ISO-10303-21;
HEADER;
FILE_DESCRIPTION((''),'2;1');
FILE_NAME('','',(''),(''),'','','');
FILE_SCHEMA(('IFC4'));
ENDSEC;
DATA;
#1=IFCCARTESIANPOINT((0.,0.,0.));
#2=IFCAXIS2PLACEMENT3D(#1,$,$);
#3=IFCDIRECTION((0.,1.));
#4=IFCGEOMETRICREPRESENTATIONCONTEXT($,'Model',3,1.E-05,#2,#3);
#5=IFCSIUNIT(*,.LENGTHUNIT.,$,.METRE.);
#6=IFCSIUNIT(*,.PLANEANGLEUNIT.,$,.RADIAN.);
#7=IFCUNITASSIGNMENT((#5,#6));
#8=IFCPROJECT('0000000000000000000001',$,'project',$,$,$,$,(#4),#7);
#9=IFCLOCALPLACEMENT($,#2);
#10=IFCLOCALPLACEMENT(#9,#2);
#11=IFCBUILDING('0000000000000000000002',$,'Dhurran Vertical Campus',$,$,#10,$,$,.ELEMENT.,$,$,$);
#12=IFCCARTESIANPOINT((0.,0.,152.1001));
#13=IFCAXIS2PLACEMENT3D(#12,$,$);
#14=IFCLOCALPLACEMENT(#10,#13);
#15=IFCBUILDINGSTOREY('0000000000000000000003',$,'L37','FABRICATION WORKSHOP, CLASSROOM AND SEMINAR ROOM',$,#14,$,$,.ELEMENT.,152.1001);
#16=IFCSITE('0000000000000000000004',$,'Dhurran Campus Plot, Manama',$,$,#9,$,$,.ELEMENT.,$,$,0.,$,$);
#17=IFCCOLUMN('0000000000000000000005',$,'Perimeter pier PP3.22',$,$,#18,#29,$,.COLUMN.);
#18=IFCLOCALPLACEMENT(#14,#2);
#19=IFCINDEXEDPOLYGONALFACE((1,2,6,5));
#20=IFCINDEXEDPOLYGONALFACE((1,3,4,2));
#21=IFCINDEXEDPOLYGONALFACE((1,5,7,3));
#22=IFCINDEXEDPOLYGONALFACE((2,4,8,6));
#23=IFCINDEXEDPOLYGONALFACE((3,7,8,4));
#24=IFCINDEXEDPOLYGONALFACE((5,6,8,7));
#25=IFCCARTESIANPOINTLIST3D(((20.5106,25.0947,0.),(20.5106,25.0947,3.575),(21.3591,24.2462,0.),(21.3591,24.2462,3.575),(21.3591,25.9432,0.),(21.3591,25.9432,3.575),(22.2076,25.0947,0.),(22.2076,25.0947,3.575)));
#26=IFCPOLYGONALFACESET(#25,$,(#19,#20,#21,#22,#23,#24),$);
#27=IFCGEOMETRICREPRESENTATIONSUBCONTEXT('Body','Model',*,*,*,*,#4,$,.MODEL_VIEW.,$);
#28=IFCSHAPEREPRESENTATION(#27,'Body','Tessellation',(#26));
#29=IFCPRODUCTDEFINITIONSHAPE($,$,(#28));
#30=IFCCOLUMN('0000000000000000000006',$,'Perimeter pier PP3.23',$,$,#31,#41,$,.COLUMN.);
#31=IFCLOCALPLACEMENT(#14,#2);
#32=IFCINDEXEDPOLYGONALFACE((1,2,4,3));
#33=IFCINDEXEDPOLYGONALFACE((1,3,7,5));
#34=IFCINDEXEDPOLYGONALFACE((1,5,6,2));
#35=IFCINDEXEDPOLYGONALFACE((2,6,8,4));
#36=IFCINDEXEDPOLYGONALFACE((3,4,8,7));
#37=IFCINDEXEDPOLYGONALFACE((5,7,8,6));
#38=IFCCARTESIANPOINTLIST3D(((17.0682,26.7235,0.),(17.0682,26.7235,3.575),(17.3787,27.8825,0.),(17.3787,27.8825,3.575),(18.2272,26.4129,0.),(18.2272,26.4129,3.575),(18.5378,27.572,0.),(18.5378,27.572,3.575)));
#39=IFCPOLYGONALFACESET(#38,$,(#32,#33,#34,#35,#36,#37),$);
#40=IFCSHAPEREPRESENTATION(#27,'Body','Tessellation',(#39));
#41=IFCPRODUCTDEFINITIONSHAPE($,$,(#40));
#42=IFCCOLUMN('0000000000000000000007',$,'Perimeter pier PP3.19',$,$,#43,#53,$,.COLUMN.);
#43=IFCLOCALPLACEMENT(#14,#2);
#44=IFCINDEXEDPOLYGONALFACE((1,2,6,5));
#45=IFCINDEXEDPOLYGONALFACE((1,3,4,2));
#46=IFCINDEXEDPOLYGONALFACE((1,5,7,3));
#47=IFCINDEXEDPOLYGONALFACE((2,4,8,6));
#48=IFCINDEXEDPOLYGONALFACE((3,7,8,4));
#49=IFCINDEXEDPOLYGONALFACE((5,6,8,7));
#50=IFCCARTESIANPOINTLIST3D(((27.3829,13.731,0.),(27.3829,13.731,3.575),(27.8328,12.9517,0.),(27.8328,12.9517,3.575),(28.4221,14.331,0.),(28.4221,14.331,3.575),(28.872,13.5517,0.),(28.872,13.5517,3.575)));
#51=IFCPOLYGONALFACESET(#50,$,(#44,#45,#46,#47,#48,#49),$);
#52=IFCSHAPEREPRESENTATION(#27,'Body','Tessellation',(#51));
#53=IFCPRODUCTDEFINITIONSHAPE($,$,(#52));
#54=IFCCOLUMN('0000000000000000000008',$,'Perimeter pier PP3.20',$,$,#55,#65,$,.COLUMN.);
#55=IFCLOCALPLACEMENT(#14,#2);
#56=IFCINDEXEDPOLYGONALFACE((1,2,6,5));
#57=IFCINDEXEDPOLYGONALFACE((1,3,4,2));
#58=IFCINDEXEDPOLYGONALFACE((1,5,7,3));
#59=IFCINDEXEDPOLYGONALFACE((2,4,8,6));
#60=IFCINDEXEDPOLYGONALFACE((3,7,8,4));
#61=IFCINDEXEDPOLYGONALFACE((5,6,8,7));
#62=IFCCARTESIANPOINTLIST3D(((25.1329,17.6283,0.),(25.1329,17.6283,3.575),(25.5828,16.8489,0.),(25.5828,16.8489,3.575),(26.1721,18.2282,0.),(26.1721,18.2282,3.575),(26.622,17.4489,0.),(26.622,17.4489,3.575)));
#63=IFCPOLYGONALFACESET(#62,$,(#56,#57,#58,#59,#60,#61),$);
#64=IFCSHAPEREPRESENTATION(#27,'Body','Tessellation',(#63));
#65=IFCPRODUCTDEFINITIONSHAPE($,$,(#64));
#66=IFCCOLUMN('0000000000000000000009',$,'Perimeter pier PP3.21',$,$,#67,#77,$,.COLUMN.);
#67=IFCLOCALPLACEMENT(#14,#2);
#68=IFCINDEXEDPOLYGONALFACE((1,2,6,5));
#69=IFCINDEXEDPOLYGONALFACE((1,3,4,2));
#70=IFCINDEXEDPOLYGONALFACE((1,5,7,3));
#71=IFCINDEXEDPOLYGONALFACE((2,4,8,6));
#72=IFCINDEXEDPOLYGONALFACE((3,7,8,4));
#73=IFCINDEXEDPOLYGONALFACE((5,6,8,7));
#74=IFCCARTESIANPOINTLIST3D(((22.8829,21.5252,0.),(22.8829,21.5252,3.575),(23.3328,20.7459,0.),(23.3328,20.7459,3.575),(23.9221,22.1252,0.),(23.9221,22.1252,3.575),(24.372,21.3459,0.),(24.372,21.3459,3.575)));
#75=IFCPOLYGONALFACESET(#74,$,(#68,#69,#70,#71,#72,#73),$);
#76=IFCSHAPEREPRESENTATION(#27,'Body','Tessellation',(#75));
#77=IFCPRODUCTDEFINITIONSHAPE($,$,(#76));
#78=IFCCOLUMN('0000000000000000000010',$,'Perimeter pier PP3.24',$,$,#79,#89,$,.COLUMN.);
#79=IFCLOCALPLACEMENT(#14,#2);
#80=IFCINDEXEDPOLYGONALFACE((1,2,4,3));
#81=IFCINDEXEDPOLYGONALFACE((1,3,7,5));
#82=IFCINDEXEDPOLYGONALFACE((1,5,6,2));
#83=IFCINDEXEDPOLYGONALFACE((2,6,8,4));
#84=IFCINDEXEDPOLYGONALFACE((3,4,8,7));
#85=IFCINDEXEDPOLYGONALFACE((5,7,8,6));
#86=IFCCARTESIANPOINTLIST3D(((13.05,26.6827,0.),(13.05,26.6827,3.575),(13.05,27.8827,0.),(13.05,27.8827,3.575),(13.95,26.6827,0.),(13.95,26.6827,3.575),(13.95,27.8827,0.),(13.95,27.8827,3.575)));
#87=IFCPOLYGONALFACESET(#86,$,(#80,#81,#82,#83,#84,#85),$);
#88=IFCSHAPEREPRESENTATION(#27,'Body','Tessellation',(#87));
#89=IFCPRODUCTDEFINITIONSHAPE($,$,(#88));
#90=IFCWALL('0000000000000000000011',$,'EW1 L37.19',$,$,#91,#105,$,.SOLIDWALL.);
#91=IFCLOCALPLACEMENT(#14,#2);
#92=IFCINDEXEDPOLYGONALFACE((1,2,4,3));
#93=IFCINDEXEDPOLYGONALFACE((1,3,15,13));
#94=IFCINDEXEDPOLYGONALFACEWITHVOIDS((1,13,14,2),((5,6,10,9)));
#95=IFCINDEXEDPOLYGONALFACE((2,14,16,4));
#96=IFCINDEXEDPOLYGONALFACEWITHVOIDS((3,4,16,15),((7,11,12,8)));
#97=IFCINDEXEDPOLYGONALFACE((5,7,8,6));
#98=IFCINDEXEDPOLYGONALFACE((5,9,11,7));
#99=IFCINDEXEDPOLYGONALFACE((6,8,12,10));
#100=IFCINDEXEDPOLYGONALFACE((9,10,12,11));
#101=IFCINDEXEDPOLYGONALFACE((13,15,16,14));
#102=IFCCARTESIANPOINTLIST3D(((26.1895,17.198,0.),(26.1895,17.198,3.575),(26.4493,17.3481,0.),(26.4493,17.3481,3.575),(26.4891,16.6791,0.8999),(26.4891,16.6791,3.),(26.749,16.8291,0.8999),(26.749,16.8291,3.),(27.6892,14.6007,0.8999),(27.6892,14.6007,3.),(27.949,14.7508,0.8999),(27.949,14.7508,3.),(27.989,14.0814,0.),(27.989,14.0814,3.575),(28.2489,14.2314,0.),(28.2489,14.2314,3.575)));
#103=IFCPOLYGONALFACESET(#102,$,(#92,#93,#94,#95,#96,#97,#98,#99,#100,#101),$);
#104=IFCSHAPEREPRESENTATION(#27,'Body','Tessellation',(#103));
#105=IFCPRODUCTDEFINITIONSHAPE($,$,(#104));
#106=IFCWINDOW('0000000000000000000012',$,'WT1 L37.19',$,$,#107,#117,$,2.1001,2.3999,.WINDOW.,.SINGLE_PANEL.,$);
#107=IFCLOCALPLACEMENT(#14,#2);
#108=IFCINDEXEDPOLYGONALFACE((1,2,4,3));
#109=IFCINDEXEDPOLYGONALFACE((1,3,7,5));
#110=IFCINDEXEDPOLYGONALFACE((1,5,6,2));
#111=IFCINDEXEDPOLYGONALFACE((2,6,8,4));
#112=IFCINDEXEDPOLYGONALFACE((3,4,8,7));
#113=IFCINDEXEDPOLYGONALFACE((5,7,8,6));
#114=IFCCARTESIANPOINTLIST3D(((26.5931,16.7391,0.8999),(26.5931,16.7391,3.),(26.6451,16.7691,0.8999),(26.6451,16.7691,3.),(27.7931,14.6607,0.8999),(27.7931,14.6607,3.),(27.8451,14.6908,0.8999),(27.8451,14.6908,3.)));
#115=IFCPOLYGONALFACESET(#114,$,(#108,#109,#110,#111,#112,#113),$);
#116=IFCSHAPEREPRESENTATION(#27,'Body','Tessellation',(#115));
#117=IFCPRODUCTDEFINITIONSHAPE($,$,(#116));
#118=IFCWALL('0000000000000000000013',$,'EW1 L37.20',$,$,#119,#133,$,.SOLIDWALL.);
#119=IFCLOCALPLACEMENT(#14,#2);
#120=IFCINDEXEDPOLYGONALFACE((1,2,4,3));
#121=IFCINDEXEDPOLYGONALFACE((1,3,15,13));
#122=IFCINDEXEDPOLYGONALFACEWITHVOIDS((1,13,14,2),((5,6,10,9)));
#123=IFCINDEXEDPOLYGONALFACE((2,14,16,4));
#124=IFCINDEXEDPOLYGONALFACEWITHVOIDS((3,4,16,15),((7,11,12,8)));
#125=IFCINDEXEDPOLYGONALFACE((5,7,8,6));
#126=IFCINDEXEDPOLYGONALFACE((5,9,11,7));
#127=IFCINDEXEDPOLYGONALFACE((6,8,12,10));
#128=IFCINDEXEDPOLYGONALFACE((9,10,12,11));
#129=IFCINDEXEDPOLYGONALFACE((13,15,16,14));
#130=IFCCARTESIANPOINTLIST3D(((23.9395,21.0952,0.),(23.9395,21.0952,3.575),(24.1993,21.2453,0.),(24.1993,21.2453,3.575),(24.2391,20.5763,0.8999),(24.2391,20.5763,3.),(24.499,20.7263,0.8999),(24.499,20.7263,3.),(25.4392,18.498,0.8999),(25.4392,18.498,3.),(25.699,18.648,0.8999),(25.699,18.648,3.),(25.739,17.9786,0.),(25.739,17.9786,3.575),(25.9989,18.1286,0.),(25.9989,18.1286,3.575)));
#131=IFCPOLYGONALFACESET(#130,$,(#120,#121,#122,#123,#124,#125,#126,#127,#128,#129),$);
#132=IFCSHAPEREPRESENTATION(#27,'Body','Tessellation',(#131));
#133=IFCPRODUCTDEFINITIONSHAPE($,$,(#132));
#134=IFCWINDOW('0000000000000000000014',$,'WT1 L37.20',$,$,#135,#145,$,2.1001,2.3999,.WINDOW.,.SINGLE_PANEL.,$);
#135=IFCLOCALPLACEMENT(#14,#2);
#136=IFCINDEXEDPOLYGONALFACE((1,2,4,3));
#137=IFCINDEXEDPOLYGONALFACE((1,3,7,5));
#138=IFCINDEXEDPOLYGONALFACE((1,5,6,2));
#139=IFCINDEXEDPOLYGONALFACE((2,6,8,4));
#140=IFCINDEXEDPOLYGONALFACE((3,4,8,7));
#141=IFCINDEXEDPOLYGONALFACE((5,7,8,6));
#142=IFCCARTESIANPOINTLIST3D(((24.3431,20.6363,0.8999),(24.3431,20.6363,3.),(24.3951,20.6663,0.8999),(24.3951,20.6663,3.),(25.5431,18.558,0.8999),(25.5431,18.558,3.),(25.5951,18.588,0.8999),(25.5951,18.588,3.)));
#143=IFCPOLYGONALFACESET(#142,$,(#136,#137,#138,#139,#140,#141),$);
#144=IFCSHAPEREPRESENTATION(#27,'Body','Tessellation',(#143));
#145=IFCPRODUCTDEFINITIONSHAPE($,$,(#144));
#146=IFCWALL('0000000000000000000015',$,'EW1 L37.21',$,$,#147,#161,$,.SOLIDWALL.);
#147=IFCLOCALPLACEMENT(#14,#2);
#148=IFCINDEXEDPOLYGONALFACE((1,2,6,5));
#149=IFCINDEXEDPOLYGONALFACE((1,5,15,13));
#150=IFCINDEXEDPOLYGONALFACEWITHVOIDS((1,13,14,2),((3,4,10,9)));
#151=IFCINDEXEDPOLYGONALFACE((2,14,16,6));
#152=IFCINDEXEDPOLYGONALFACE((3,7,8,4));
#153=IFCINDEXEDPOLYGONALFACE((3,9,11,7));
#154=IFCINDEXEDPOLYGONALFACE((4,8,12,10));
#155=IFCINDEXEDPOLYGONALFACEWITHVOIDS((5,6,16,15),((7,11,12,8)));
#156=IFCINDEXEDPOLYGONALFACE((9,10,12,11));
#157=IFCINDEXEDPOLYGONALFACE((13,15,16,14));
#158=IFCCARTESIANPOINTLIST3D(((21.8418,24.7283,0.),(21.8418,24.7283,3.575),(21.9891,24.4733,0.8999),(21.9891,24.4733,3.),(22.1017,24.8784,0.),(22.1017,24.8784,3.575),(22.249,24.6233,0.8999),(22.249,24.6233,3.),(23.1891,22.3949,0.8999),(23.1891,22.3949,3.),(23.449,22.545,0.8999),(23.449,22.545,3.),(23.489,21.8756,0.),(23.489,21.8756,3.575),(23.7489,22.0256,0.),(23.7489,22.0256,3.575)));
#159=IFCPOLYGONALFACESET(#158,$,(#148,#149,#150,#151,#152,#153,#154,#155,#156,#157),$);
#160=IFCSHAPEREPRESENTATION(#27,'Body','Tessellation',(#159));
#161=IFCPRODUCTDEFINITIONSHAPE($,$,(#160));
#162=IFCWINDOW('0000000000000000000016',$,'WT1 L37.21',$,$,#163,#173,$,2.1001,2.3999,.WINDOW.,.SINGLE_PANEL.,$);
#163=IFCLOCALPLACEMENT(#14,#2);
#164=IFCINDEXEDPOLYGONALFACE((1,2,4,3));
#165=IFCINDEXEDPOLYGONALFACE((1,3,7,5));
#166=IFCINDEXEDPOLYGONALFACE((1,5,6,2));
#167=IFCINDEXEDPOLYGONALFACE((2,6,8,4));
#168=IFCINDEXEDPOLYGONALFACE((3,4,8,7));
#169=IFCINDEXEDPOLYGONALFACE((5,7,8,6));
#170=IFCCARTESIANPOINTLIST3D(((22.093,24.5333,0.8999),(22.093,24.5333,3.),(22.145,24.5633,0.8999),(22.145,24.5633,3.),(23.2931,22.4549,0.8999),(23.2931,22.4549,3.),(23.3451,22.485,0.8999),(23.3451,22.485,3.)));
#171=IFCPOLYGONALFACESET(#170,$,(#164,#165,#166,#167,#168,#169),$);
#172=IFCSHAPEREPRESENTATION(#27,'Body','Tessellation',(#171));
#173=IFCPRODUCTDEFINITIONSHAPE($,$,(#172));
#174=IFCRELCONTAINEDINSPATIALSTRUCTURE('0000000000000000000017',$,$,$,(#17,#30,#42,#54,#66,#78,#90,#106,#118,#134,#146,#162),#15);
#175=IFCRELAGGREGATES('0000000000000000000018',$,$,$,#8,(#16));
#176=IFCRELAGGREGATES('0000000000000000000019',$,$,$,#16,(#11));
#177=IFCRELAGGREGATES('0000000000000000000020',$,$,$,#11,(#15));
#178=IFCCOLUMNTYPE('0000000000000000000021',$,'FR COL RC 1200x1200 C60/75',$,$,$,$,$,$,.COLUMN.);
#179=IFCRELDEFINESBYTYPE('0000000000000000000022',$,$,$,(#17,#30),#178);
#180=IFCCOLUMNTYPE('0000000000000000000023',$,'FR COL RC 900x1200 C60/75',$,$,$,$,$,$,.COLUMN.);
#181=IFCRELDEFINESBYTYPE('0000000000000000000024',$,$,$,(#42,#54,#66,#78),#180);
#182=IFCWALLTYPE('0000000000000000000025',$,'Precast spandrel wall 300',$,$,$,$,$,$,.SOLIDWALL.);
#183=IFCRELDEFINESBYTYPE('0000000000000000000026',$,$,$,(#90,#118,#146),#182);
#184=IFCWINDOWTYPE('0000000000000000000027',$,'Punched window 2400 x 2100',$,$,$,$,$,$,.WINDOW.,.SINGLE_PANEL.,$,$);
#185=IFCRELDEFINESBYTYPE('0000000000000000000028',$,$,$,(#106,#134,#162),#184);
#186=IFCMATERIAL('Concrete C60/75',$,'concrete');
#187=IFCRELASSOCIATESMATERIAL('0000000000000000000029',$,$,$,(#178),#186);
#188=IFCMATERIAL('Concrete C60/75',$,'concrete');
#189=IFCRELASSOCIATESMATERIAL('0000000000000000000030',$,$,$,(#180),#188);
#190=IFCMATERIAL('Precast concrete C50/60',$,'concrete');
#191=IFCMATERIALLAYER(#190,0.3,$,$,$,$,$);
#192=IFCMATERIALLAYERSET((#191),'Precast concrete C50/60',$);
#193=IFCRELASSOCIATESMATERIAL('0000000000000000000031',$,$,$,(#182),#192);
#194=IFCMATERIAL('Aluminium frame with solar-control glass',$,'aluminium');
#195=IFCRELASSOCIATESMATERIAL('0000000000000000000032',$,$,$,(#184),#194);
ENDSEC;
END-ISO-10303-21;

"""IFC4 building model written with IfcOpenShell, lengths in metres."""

from ifc_helpers import new_model, si_unit, direction, frame, frame_2d, origin, origin_2d, place, context, subcontext, project, spatial, rectangle, extrude, material, layer, layer_set, material_profile, profile_set, type_object, element, fill, save


model = new_model("IFC4")

# Units and contexts
model_context = context("Model", 3, precision=1e-05, world=origin(), true_north=direction((0.0, 1.0)))
body_context = subcontext(model_context, "Body", "Model", "MODEL_VIEW")
ifc_project = project(units=[si_unit("LENGTHUNIT", "METRE"), si_unit("PLANEANGLEUNIT", "RADIAN")], contexts=[model_context])

# Site, building, storey
site_placement = place(None, origin())
site = spatial("IfcSite", under=ifc_project, at=site_placement, Name="Dhurran Campus Plot, Manama", CompositionType="ELEMENT", RefElevation=0.0)
building_placement = place(site_placement, origin())
building = spatial("IfcBuilding", under=site, at=building_placement, Name="Dhurran Vertical Campus", CompositionType="ELEMENT")
storey_placement = place(building_placement, frame((0.0, 0.0, 152.1001)))
storey = spatial("IfcBuildingStorey", under=building, at=storey_placement, Name="L37", Description="FABRICATION WORKSHOP, CLASSROOM AND SEMINAR ROOM", CompositionType="ELEMENT", Elevation=152.1001)

# Columns
ifc_material_1 = material(Name="Concrete C60/75", Category="concrete")
ifc_material_profile_1 = material_profile(ifc_material_1, rectangle(XDim=1.2, YDim=1.2, at=origin_2d()), Name="RC 1200x1200")
ifc_profile_set_1 = profile_set([ifc_material_profile_1], Name="Concrete C60/75")
column_type_1 = type_object("IfcColumnType", Name="FR COL RC 1200x1200 C60/75", PredefinedType="COLUMN", material=ifc_profile_set_1)
for number, where, z_axis, x_axis, name in (
    (1, (21.3591, 25.0947, 0.0), (0.0, 0.0, 1.0), (-0.707107, 0.707107, 0.0), "Perimeter pier PP3.22"),
    (2, (17.803, 27.1477, 0.0), (0.0, 0.0, 1.0), (-0.965926, 0.258819, 0.0), "Perimeter pier PP3.23"),
):
    element("IfcColumn", number, at=place(storey_placement, frame(where, z_axis=z_axis, x_axis=x_axis)), inside=storey, type_object=column_type_1, Name=name, PredefinedType="COLUMN", context=body_context, shape_type="SweptSolid", body=[
        extrude(rectangle(XDim=1.2, YDim=1.2, at=origin_2d()), origin(), (0.0, 0.0, 1.0), 3.575),
    ])
ifc_material_2 = material(Name="Concrete C60/75", Category="concrete")
ifc_material_profile_2 = material_profile(ifc_material_2, rectangle(XDim=0.8999, YDim=1.2, at=origin_2d()), Name="RC 900x1200")
ifc_profile_set_2 = profile_set([ifc_material_profile_2], Name="Concrete C60/75")
column_type_2 = type_object("IfcColumnType", Name="FR COL RC 900x1200 C60/75", PredefinedType="COLUMN", material=ifc_profile_set_2)
for number, where, z_axis, x_axis, name in (
    (3, (28.1274, 13.6414, 0.0), (0.0, 0.0, 1.0), (-0.5, 0.866025, 0.0), "Perimeter pier PP3.19"),
    (4, (25.8774, 17.5386, 0.0), (0.0, 0.0, 1.0), (-0.5, 0.866025, 0.0), "Perimeter pier PP3.20"),
    (5, (23.6274, 21.4355, 0.0), (0.0, 0.0, 1.0), (-0.5, 0.866025, 0.0), "Perimeter pier PP3.21"),
    (6, (13.5, 27.2827, 0.0), (0.0, 0.0, 1.0), (-1.0, 0.0, 0.0), "Perimeter pier PP3.24"),
):
    element("IfcColumn", number, at=place(storey_placement, frame(where, z_axis=z_axis, x_axis=x_axis)), inside=storey, type_object=column_type_2, Name=name, PredefinedType="COLUMN", context=body_context, shape_type="SweptSolid", body=[
        extrude(rectangle(XDim=0.8999, YDim=1.2, at=origin_2d()), origin(), (0.0, 0.0, 1.0), 3.575),
    ])

# Walls, openings, windows
ifc_material_3 = material(Name="Precast concrete C50/60", Category="concrete")
ifc_layer_1 = layer(ifc_material_3, 0.3)
ifc_layer_set_1 = layer_set([ifc_layer_1], Name="Precast concrete C50/60")
wall_type_1 = type_object("IfcWallType", Name="Precast spandrel wall 300", PredefinedType="SOLIDWALL", material=ifc_layer_set_1)
wall_1_placement = place(storey_placement, frame((28.1189, 14.1565, 0.0), z_axis=(0.0, 0.0, 1.0), x_axis=(-0.500028, 0.866009, 0.0)))
wall_1 = element("IfcWall", 7, at=wall_1_placement, inside=storey, type_object=wall_type_1, Name="EW1 L37.19", PredefinedType="SOLIDWALL", context=body_context, shape_type="SweptSolid", body=[
    extrude(rectangle(XDim=3.5989, YDim=0.3, at=frame_2d((1.7993, 0.0))), origin(), (0.0, 0.0, 1.0), 3.575),
])
opening_1_placement = place(wall_1_placement, frame((0.5996, 0.0, 0.8999)))
opening_1 = element("IfcOpeningElement", 8, at=opening_1_placement, cuts=wall_1, PredefinedType="OPENING", context=body_context, shape_type="SweptSolid", body=[
    extrude(rectangle(XDim=2.3999, YDim=2.1001, at=frame_2d((1.2, 1.05))), frame((0.0, 0.1599, 0.0), z_axis=(0.0, -1.0, 0.0), x_axis=(1.0, 0.0, 0.0)), (0.0, 0.0, 1.0), 0.3201),
])
ifc_material_4 = material(Name="Aluminium frame with solar-control glass", Category="aluminium")
window_type = type_object("IfcWindowType", Name="Punched window 2400 x 2100", PartitioningType="SINGLE_PANEL", PredefinedType="WINDOW", material=ifc_material_4)
window_1_placement = place(opening_1_placement, origin())
window_1 = element("IfcWindow", 9, at=window_1_placement, inside=storey, type_object=window_type, Name="WT1 L37.19", OverallHeight=2.1001, OverallWidth=2.3999, PartitioningType="SINGLE_PANEL", PredefinedType="WINDOW", context=body_context, shape_type="SweptSolid", body=[
    extrude(rectangle(XDim=2.3999, YDim=2.1001, at=frame_2d((1.2, 1.05))), frame((0.0, 0.03, 0.0), z_axis=(0.0, -1.0, 0.0), x_axis=(1.0, 0.0, 0.0)), (0.0, 0.0, 1.0), 0.0601),
])
fill(opening_1, window_1)
wall_2_placement = place(storey_placement, frame((25.8689, 18.0537, 0.0), z_axis=(0.0, 0.0, 1.0), x_axis=(-0.500028, 0.866009, 0.0)))
wall_2 = element("IfcWall", 10, at=wall_2_placement, inside=storey, type_object=wall_type_1, Name="EW1 L37.20", PredefinedType="SOLIDWALL", context=body_context, shape_type="SweptSolid", body=[
    extrude(rectangle(XDim=3.5989, YDim=0.3, at=frame_2d((1.7993, 0.0))), origin(), (0.0, 0.0, 1.0), 3.575),
])
opening_2_placement = place(wall_2_placement, frame((0.5996, 0.0, 0.8999)))
opening_2 = element("IfcOpeningElement", 11, at=opening_2_placement, cuts=wall_2, PredefinedType="OPENING", context=body_context, shape_type="SweptSolid", body=[
    extrude(rectangle(XDim=2.3999, YDim=2.1001, at=frame_2d((1.2, 1.05))), frame((0.0, 0.1599, 0.0), z_axis=(0.0, -1.0, 0.0), x_axis=(1.0, 0.0, 0.0)), (0.0, 0.0, 1.0), 0.3201),
])
window_2_placement = place(opening_2_placement, origin())
window_2 = element("IfcWindow", 12, at=window_2_placement, inside=storey, type_object=window_type, Name="WT1 L37.20", OverallHeight=2.1001, OverallWidth=2.3999, PartitioningType="SINGLE_PANEL", PredefinedType="WINDOW", context=body_context, shape_type="SweptSolid", body=[
    extrude(rectangle(XDim=2.3999, YDim=2.1001, at=frame_2d((1.2, 1.05))), frame((0.0, 0.03, 0.0), z_axis=(0.0, -1.0, 0.0), x_axis=(1.0, 0.0, 0.0)), (0.0, 0.0, 1.0), 0.0601),
])
fill(opening_2, window_2)
wall_3_placement = place(storey_placement, frame((23.6189, 21.9507, 0.0), z_axis=(0.0, 0.0, 1.0), x_axis=(-0.500037, 0.866004, 0.0)))
wall_3 = element("IfcWall", 13, at=wall_3_placement, inside=storey, type_object=wall_type_1, Name="EW1 L37.21", PredefinedType="SOLIDWALL", context=body_context, shape_type="SweptSolid", body=[
    extrude(rectangle(XDim=3.2942, YDim=0.3, at=frame_2d((1.647, 0.0))), origin(), (0.0, 0.0, 1.0), 3.575),
])
opening_3_placement = place(wall_3_placement, frame((0.5996, 0.0, 0.8999)))
opening_3 = element("IfcOpeningElement", 14, at=opening_3_placement, cuts=wall_3, PredefinedType="OPENING", context=body_context, shape_type="SweptSolid", body=[
    extrude(rectangle(XDim=2.3999, YDim=2.1001, at=frame_2d((1.2, 1.05))), frame((0.0, 0.1599, 0.0), z_axis=(0.0, -1.0, 0.0), x_axis=(1.0, 0.0, 0.0)), (0.0, 0.0, 1.0), 0.3201),
])
window_3_placement = place(opening_3_placement, origin())
window_3 = element("IfcWindow", 15, at=window_3_placement, inside=storey, type_object=window_type, Name="WT1 L37.21", OverallHeight=2.1001, OverallWidth=2.3999, PartitioningType="SINGLE_PANEL", PredefinedType="WINDOW", context=body_context, shape_type="SweptSolid", body=[
    extrude(rectangle(XDim=2.3999, YDim=2.1001, at=frame_2d((1.2, 1.05))), frame((0.0, 0.03, 0.0), z_axis=(0.0, -1.0, 0.0), x_axis=(1.0, 0.0, 0.0)), (0.0, 0.0, 1.0), 0.0601),
])
fill(opening_3, window_3)

save(model, "model.ifc")
